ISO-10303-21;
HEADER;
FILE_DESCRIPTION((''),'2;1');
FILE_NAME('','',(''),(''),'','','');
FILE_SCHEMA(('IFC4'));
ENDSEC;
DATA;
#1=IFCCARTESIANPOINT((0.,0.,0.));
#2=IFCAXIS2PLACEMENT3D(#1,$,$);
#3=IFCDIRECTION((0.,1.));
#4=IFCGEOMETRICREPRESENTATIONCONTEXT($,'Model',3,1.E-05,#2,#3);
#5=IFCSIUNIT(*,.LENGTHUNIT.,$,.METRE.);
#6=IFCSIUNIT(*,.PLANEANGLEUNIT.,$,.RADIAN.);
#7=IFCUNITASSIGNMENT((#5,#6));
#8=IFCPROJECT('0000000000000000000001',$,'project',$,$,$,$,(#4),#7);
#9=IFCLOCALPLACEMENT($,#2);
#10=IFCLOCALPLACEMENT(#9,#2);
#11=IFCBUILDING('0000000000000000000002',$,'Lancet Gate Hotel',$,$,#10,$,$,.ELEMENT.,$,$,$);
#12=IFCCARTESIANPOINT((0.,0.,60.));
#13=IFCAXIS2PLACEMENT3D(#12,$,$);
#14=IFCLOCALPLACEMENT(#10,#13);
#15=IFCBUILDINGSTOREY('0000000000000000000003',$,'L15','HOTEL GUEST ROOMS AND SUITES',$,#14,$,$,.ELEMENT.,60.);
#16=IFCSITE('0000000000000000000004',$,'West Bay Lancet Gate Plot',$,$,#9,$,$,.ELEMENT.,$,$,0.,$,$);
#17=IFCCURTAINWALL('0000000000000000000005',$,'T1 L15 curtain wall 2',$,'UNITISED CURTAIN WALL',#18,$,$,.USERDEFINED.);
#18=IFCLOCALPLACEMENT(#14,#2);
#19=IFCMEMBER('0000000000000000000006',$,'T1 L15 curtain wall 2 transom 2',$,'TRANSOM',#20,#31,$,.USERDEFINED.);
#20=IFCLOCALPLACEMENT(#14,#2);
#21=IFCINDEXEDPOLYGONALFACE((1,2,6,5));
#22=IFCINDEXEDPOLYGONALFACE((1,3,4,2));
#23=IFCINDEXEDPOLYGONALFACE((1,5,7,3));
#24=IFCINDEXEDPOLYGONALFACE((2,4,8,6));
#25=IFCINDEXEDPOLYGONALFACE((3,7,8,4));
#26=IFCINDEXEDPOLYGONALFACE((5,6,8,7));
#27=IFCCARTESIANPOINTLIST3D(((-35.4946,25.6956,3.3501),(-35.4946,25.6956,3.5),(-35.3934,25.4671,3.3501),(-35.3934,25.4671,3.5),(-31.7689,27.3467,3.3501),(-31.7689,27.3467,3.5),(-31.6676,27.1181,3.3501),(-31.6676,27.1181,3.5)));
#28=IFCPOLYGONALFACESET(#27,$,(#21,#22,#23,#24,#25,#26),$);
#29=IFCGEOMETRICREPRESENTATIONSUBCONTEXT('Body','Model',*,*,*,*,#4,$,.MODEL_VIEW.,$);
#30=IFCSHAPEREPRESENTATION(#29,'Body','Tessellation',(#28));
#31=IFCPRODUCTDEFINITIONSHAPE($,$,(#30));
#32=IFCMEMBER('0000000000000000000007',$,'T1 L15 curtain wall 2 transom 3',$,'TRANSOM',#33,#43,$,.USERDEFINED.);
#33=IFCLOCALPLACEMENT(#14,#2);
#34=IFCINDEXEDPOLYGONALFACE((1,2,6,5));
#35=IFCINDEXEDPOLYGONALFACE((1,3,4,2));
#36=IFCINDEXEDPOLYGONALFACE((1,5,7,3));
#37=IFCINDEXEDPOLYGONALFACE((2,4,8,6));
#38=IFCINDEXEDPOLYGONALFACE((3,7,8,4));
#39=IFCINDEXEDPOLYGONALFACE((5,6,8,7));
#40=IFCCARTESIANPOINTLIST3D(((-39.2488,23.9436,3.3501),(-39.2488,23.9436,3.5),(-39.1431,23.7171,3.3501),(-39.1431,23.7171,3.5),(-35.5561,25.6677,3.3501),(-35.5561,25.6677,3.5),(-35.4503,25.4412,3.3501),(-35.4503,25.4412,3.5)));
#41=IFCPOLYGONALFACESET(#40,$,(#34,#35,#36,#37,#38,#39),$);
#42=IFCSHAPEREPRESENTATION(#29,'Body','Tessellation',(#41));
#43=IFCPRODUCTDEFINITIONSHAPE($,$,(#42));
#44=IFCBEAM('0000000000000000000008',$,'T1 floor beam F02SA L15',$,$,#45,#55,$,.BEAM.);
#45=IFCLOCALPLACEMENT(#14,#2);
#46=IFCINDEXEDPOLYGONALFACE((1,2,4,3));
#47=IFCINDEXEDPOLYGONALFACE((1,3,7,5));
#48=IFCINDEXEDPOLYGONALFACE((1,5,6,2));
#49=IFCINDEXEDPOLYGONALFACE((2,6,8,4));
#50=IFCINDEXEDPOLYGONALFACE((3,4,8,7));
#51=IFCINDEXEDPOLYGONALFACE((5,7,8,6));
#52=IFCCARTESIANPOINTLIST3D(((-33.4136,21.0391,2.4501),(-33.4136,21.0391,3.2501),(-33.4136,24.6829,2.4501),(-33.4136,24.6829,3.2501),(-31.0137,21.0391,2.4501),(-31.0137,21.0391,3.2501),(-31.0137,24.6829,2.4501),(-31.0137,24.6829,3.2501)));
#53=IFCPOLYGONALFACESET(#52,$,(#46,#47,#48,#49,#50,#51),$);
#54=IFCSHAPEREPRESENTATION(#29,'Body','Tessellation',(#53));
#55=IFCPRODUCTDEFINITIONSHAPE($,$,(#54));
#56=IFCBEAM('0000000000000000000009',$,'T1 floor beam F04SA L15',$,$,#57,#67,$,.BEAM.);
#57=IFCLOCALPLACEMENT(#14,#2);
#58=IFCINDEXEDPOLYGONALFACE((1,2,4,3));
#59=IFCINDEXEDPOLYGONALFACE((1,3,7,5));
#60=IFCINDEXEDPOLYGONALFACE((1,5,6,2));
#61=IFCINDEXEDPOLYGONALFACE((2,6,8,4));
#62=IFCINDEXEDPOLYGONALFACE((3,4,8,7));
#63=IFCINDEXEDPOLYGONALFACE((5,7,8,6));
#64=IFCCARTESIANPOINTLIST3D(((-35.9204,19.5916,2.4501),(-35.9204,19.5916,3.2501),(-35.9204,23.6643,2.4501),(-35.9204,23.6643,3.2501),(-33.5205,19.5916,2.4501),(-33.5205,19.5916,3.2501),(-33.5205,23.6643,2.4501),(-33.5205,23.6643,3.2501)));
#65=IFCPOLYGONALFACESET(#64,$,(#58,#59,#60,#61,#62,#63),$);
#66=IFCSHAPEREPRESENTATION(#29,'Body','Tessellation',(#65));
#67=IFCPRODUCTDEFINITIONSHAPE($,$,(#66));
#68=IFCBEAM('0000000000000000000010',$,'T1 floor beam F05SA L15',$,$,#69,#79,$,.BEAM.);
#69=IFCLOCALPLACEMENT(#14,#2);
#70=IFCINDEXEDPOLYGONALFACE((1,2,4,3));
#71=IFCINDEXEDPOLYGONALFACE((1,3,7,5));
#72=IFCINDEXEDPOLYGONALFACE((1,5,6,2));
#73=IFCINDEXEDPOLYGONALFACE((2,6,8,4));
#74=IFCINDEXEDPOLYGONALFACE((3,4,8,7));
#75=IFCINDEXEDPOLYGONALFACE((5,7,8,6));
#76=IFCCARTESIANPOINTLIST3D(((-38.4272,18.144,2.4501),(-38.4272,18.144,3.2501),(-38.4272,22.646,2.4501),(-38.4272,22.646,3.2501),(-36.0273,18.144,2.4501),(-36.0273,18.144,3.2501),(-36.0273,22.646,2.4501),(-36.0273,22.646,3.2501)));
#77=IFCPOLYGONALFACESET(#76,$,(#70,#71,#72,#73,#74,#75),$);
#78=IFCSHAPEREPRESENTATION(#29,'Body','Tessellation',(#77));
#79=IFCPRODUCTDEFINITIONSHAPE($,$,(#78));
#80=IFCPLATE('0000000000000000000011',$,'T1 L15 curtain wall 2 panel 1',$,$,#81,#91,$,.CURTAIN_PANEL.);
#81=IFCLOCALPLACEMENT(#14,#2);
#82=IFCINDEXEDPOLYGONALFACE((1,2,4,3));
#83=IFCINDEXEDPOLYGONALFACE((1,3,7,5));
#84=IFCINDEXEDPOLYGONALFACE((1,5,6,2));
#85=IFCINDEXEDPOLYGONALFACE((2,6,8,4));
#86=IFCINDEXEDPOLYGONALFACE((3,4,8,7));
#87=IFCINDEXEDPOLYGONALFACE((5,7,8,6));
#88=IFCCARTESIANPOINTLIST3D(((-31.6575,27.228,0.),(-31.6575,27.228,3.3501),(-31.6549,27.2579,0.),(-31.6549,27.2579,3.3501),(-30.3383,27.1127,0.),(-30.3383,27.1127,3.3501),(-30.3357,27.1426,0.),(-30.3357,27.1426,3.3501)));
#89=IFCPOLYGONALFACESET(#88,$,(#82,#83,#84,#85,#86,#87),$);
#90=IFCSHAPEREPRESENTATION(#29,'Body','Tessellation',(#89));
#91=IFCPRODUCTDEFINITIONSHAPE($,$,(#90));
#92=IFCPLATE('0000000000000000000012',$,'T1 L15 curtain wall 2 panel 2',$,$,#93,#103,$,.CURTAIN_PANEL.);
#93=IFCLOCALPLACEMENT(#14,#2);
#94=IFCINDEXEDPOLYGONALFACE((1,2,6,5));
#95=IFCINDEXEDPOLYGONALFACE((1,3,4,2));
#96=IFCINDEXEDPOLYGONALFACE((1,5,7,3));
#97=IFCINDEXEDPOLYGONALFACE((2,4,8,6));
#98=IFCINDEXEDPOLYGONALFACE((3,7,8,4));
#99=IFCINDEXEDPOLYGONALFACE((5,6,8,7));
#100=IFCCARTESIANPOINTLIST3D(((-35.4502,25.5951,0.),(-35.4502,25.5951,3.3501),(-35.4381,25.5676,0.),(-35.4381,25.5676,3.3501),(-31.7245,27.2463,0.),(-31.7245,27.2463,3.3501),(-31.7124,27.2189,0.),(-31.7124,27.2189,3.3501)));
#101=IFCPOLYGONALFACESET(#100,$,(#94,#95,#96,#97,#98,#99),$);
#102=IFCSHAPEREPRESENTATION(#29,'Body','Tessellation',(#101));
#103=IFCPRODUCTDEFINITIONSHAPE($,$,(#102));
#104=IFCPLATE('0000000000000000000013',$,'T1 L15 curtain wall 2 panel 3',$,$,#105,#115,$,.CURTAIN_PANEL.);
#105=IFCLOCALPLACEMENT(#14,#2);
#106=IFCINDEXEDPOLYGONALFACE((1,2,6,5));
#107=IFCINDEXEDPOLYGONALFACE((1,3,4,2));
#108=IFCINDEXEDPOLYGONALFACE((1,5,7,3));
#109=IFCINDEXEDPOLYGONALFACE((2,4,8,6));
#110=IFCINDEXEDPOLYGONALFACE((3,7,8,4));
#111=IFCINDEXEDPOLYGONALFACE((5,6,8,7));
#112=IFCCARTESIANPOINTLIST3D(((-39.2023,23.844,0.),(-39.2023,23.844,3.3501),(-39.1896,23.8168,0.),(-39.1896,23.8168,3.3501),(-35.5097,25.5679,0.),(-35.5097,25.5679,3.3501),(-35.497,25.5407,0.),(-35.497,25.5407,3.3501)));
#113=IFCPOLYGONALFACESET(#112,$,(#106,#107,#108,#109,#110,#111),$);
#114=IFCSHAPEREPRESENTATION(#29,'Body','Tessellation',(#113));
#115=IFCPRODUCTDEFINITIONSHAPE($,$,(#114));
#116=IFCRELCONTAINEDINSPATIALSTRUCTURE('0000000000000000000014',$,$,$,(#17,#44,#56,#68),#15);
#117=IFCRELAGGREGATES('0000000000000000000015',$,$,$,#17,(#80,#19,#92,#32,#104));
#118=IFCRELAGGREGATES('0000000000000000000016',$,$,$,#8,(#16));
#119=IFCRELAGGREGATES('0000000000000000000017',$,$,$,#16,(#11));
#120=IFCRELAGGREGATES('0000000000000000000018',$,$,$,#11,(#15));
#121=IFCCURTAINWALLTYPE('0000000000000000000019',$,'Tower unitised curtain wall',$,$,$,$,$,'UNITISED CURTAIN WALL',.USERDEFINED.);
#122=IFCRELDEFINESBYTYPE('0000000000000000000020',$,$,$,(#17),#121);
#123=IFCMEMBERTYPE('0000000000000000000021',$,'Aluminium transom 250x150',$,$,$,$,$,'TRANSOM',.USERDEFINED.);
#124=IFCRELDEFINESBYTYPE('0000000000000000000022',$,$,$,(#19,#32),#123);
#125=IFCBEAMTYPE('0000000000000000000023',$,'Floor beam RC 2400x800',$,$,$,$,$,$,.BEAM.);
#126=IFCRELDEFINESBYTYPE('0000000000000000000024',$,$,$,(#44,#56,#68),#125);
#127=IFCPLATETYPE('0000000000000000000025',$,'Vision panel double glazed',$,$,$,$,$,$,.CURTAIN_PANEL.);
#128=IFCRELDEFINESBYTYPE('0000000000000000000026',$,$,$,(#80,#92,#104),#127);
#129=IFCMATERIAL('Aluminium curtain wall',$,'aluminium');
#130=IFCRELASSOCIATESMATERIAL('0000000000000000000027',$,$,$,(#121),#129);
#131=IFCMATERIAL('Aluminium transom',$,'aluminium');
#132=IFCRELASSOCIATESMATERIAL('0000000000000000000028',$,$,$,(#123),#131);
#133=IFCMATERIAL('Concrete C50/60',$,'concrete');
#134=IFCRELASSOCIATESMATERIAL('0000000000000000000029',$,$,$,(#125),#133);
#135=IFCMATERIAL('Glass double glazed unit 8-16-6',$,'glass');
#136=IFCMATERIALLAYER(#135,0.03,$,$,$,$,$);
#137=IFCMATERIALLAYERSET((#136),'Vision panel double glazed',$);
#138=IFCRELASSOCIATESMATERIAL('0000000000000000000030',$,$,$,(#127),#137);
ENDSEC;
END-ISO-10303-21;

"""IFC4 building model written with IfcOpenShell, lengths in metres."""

from ifc_helpers import new_model, si_unit, direction, frame, origin, origin_2d, place, context, subcontext, project, spatial, rectangle, extrude, material, layer, layer_set, material_profile, profile_set, type_object, element, aggregate, save


model = new_model("IFC4")

# Units and contexts
model_context = context("Model", 3, precision=1e-05, world=origin(), true_north=direction((0.0, 1.0)))
body_context = subcontext(model_context, "Body", "Model", "MODEL_VIEW")
ifc_project = project(units=[si_unit("LENGTHUNIT", "METRE"), si_unit("PLANEANGLEUNIT", "RADIAN")], contexts=[model_context])

# Site, building, storey
site_placement = place(None, origin())
site = spatial("IfcSite", under=ifc_project, at=site_placement, Name="West Bay Lancet Gate Plot", CompositionType="ELEMENT", RefElevation=0.0)
building_placement = place(site_placement, origin())
building = spatial("IfcBuilding", under=site, at=building_placement, Name="Lancet Gate Hotel", CompositionType="ELEMENT")
storey_placement = place(building_placement, frame((0.0, 0.0, 60.0)))
storey = spatial("IfcBuildingStorey", under=building, at=storey_placement, Name="L15", Description="HOTEL GUEST ROOMS AND SUITES", CompositionType="ELEMENT", Elevation=60.0)

# Curtain wall, members
ifc_material_1 = material(Name="Aluminium curtain wall", Category="aluminium")
curtain_wall_type = type_object("IfcCurtainWallType", Name="Tower unitised curtain wall", ElementType="UNITISED CURTAIN WALL", PredefinedType="USERDEFINED", material=ifc_material_1)
curtain_wall_placement = place(storey_placement, origin())
curtain_wall = element("IfcCurtainWall", 1, at=curtain_wall_placement, inside=storey, type_object=curtain_wall_type, Name="T1 L15 curtain wall 2", ObjectType="UNITISED CURTAIN WALL", PredefinedType="USERDEFINED")
ifc_material_2 = material(Name="Aluminium transom", Category="aluminium")
ifc_material_profile_1 = material_profile(ifc_material_2, rectangle(XDim=0.25, YDim=0.1499, at=origin_2d()), Name="TRANSOM 250x150")
ifc_profile_set_1 = profile_set([ifc_material_profile_1], Name="Aluminium transom")
member_type_1 = type_object("IfcMemberType", Name="Aluminium transom 250x150", ElementType="TRANSOM", PredefinedType="USERDEFINED", material=ifc_profile_set_1)
member_1_placement = place(storey_placement, frame((-31.7183, 27.2324, 3.425), z_axis=(-0.914248, -0.405154, 0.0), x_axis=(0.405154, -0.914248, 0.0)))
member_1 = element("IfcMember", 2, at=member_1_placement, type_object=member_type_1, Name="T1 L15 curtain wall 2 transom 2", ObjectType="TRANSOM", PredefinedType="USERDEFINED", context=body_context, shape_type="SweptSolid", body=[
    extrude(rectangle(XDim=0.25, YDim=0.1499, at=origin_2d()), origin(), (0.0, 0.0, 1.0), 4.0752),
])
member_2_placement = place(storey_placement, frame((-35.5032, 25.5544, 3.425), z_axis=(-0.90611, -0.423043, 0.0), x_axis=(0.423043, -0.90611, 0.0)))
member_2 = element("IfcMember", 3, at=member_2_placement, type_object=member_type_1, Name="T1 L15 curtain wall 2 transom 3", ObjectType="TRANSOM", PredefinedType="USERDEFINED", context=body_context, shape_type="SweptSolid", body=[
    extrude(rectangle(XDim=0.25, YDim=0.1499, at=origin_2d()), origin(), (0.0, 0.0, 1.0), 4.0754),
])

# Beams
ifc_material_3 = material(Name="Concrete C50/60", Category="concrete")
ifc_material_profile_2 = material_profile(ifc_material_3, rectangle(XDim=2.3999, YDim=0.8, at=origin_2d()), Name="RC 2400x800")
ifc_profile_set_2 = profile_set([ifc_material_profile_2], Name="Concrete C50/60")
beam_type = type_object("IfcBeamType", Name="Floor beam RC 2400x800", PredefinedType="BEAM", material=ifc_profile_set_2)
beam_1_placement = place(storey_placement, frame((-32.2136, 24.6829, 2.8501), z_axis=(0.0, -1.0, 0.0), x_axis=(1.0, 0.0, 0.0)))
element("IfcBeam", 4, at=beam_1_placement, inside=storey, type_object=beam_type, Name="T1 floor beam F02SA L15", PredefinedType="BEAM", context=body_context, shape_type="SweptSolid", body=[
    extrude(rectangle(XDim=2.3999, YDim=0.8, at=origin_2d()), origin(), (0.0, 0.0, 1.0), 3.6438),
])
beam_2_placement = place(storey_placement, frame((-34.7205, 23.6643, 2.8501), z_axis=(0.0, -1.0, 0.0), x_axis=(1.0, 0.0, 0.0)))
element("IfcBeam", 5, at=beam_2_placement, inside=storey, type_object=beam_type, Name="T1 floor beam F04SA L15", PredefinedType="BEAM", context=body_context, shape_type="SweptSolid", body=[
    extrude(rectangle(XDim=2.3999, YDim=0.8, at=origin_2d()), origin(), (0.0, 0.0, 1.0), 4.0728),
])
beam_3_placement = place(storey_placement, frame((-37.2273, 22.646, 2.8501), z_axis=(0.0, -1.0, 0.0), x_axis=(1.0, 0.0, 0.0)))
element("IfcBeam", 6, at=beam_3_placement, inside=storey, type_object=beam_type, Name="T1 floor beam F05SA L15", PredefinedType="BEAM", context=body_context, shape_type="SweptSolid", body=[
    extrude(rectangle(XDim=2.3999, YDim=0.8, at=origin_2d()), origin(), (0.0, 0.0, 1.0), 4.502),
])

# Plates
ifc_material_4 = material(Name="Glass double glazed unit 8-16-6", Category="glass")
ifc_layer_1 = layer(ifc_material_4, 0.03)
ifc_layer_set_1 = layer_set([ifc_layer_1], Name="Vision panel double glazed")
plate_type = type_object("IfcPlateType", Name="Vision panel double glazed", PredefinedType="CURTAIN_PANEL", material=ifc_layer_set_1)
plate_1_placement = place(storey_placement, frame((-30.9966, 27.1853, 0.0), z_axis=(0.0, 0.0, 1.0), x_axis=(-0.996204, 0.087052, 0.0)))
plate_1 = element("IfcPlate", 7, at=plate_1_placement, type_object=plate_type, Name="T1 L15 curtain wall 2 panel 1", PredefinedType="CURTAIN_PANEL", context=body_context, shape_type="SweptSolid", body=[
    extrude(rectangle(XDim=1.3242, YDim=0.03, at=origin_2d()), origin(), (0.0, 0.0, 1.0), 3.3501),
])
plate_2_placement = place(storey_placement, frame((-33.5813, 26.407, 0.0), z_axis=(0.0, 0.0, 1.0), x_axis=(-0.914234, -0.405186, 0.0)))
plate_2 = element("IfcPlate", 8, at=plate_2_placement, type_object=plate_type, Name="T1 L15 curtain wall 2 panel 2", PredefinedType="CURTAIN_PANEL", context=body_context, shape_type="SweptSolid", body=[
    extrude(rectangle(XDim=4.0752, YDim=0.03, at=origin_2d()), origin(), (0.0, 0.0, 1.0), 3.3501),
])
plate_3_placement = place(storey_placement, frame((-37.3496, 24.6924, 0.0), z_axis=(0.0, 0.0, 1.0), x_axis=(-0.906118, -0.423026, 0.0)))
plate_3 = element("IfcPlate", 9, at=plate_3_placement, type_object=plate_type, Name="T1 L15 curtain wall 2 panel 3", PredefinedType="CURTAIN_PANEL", context=body_context, shape_type="SweptSolid", body=[
    extrude(rectangle(XDim=4.0752, YDim=0.03, at=origin_2d()), origin(), (0.0, 0.0, 1.0), 3.3501),
])
aggregate(curtain_wall, [plate_1, member_1, plate_2, member_2, plate_3])

save(model, "model.ifc")
